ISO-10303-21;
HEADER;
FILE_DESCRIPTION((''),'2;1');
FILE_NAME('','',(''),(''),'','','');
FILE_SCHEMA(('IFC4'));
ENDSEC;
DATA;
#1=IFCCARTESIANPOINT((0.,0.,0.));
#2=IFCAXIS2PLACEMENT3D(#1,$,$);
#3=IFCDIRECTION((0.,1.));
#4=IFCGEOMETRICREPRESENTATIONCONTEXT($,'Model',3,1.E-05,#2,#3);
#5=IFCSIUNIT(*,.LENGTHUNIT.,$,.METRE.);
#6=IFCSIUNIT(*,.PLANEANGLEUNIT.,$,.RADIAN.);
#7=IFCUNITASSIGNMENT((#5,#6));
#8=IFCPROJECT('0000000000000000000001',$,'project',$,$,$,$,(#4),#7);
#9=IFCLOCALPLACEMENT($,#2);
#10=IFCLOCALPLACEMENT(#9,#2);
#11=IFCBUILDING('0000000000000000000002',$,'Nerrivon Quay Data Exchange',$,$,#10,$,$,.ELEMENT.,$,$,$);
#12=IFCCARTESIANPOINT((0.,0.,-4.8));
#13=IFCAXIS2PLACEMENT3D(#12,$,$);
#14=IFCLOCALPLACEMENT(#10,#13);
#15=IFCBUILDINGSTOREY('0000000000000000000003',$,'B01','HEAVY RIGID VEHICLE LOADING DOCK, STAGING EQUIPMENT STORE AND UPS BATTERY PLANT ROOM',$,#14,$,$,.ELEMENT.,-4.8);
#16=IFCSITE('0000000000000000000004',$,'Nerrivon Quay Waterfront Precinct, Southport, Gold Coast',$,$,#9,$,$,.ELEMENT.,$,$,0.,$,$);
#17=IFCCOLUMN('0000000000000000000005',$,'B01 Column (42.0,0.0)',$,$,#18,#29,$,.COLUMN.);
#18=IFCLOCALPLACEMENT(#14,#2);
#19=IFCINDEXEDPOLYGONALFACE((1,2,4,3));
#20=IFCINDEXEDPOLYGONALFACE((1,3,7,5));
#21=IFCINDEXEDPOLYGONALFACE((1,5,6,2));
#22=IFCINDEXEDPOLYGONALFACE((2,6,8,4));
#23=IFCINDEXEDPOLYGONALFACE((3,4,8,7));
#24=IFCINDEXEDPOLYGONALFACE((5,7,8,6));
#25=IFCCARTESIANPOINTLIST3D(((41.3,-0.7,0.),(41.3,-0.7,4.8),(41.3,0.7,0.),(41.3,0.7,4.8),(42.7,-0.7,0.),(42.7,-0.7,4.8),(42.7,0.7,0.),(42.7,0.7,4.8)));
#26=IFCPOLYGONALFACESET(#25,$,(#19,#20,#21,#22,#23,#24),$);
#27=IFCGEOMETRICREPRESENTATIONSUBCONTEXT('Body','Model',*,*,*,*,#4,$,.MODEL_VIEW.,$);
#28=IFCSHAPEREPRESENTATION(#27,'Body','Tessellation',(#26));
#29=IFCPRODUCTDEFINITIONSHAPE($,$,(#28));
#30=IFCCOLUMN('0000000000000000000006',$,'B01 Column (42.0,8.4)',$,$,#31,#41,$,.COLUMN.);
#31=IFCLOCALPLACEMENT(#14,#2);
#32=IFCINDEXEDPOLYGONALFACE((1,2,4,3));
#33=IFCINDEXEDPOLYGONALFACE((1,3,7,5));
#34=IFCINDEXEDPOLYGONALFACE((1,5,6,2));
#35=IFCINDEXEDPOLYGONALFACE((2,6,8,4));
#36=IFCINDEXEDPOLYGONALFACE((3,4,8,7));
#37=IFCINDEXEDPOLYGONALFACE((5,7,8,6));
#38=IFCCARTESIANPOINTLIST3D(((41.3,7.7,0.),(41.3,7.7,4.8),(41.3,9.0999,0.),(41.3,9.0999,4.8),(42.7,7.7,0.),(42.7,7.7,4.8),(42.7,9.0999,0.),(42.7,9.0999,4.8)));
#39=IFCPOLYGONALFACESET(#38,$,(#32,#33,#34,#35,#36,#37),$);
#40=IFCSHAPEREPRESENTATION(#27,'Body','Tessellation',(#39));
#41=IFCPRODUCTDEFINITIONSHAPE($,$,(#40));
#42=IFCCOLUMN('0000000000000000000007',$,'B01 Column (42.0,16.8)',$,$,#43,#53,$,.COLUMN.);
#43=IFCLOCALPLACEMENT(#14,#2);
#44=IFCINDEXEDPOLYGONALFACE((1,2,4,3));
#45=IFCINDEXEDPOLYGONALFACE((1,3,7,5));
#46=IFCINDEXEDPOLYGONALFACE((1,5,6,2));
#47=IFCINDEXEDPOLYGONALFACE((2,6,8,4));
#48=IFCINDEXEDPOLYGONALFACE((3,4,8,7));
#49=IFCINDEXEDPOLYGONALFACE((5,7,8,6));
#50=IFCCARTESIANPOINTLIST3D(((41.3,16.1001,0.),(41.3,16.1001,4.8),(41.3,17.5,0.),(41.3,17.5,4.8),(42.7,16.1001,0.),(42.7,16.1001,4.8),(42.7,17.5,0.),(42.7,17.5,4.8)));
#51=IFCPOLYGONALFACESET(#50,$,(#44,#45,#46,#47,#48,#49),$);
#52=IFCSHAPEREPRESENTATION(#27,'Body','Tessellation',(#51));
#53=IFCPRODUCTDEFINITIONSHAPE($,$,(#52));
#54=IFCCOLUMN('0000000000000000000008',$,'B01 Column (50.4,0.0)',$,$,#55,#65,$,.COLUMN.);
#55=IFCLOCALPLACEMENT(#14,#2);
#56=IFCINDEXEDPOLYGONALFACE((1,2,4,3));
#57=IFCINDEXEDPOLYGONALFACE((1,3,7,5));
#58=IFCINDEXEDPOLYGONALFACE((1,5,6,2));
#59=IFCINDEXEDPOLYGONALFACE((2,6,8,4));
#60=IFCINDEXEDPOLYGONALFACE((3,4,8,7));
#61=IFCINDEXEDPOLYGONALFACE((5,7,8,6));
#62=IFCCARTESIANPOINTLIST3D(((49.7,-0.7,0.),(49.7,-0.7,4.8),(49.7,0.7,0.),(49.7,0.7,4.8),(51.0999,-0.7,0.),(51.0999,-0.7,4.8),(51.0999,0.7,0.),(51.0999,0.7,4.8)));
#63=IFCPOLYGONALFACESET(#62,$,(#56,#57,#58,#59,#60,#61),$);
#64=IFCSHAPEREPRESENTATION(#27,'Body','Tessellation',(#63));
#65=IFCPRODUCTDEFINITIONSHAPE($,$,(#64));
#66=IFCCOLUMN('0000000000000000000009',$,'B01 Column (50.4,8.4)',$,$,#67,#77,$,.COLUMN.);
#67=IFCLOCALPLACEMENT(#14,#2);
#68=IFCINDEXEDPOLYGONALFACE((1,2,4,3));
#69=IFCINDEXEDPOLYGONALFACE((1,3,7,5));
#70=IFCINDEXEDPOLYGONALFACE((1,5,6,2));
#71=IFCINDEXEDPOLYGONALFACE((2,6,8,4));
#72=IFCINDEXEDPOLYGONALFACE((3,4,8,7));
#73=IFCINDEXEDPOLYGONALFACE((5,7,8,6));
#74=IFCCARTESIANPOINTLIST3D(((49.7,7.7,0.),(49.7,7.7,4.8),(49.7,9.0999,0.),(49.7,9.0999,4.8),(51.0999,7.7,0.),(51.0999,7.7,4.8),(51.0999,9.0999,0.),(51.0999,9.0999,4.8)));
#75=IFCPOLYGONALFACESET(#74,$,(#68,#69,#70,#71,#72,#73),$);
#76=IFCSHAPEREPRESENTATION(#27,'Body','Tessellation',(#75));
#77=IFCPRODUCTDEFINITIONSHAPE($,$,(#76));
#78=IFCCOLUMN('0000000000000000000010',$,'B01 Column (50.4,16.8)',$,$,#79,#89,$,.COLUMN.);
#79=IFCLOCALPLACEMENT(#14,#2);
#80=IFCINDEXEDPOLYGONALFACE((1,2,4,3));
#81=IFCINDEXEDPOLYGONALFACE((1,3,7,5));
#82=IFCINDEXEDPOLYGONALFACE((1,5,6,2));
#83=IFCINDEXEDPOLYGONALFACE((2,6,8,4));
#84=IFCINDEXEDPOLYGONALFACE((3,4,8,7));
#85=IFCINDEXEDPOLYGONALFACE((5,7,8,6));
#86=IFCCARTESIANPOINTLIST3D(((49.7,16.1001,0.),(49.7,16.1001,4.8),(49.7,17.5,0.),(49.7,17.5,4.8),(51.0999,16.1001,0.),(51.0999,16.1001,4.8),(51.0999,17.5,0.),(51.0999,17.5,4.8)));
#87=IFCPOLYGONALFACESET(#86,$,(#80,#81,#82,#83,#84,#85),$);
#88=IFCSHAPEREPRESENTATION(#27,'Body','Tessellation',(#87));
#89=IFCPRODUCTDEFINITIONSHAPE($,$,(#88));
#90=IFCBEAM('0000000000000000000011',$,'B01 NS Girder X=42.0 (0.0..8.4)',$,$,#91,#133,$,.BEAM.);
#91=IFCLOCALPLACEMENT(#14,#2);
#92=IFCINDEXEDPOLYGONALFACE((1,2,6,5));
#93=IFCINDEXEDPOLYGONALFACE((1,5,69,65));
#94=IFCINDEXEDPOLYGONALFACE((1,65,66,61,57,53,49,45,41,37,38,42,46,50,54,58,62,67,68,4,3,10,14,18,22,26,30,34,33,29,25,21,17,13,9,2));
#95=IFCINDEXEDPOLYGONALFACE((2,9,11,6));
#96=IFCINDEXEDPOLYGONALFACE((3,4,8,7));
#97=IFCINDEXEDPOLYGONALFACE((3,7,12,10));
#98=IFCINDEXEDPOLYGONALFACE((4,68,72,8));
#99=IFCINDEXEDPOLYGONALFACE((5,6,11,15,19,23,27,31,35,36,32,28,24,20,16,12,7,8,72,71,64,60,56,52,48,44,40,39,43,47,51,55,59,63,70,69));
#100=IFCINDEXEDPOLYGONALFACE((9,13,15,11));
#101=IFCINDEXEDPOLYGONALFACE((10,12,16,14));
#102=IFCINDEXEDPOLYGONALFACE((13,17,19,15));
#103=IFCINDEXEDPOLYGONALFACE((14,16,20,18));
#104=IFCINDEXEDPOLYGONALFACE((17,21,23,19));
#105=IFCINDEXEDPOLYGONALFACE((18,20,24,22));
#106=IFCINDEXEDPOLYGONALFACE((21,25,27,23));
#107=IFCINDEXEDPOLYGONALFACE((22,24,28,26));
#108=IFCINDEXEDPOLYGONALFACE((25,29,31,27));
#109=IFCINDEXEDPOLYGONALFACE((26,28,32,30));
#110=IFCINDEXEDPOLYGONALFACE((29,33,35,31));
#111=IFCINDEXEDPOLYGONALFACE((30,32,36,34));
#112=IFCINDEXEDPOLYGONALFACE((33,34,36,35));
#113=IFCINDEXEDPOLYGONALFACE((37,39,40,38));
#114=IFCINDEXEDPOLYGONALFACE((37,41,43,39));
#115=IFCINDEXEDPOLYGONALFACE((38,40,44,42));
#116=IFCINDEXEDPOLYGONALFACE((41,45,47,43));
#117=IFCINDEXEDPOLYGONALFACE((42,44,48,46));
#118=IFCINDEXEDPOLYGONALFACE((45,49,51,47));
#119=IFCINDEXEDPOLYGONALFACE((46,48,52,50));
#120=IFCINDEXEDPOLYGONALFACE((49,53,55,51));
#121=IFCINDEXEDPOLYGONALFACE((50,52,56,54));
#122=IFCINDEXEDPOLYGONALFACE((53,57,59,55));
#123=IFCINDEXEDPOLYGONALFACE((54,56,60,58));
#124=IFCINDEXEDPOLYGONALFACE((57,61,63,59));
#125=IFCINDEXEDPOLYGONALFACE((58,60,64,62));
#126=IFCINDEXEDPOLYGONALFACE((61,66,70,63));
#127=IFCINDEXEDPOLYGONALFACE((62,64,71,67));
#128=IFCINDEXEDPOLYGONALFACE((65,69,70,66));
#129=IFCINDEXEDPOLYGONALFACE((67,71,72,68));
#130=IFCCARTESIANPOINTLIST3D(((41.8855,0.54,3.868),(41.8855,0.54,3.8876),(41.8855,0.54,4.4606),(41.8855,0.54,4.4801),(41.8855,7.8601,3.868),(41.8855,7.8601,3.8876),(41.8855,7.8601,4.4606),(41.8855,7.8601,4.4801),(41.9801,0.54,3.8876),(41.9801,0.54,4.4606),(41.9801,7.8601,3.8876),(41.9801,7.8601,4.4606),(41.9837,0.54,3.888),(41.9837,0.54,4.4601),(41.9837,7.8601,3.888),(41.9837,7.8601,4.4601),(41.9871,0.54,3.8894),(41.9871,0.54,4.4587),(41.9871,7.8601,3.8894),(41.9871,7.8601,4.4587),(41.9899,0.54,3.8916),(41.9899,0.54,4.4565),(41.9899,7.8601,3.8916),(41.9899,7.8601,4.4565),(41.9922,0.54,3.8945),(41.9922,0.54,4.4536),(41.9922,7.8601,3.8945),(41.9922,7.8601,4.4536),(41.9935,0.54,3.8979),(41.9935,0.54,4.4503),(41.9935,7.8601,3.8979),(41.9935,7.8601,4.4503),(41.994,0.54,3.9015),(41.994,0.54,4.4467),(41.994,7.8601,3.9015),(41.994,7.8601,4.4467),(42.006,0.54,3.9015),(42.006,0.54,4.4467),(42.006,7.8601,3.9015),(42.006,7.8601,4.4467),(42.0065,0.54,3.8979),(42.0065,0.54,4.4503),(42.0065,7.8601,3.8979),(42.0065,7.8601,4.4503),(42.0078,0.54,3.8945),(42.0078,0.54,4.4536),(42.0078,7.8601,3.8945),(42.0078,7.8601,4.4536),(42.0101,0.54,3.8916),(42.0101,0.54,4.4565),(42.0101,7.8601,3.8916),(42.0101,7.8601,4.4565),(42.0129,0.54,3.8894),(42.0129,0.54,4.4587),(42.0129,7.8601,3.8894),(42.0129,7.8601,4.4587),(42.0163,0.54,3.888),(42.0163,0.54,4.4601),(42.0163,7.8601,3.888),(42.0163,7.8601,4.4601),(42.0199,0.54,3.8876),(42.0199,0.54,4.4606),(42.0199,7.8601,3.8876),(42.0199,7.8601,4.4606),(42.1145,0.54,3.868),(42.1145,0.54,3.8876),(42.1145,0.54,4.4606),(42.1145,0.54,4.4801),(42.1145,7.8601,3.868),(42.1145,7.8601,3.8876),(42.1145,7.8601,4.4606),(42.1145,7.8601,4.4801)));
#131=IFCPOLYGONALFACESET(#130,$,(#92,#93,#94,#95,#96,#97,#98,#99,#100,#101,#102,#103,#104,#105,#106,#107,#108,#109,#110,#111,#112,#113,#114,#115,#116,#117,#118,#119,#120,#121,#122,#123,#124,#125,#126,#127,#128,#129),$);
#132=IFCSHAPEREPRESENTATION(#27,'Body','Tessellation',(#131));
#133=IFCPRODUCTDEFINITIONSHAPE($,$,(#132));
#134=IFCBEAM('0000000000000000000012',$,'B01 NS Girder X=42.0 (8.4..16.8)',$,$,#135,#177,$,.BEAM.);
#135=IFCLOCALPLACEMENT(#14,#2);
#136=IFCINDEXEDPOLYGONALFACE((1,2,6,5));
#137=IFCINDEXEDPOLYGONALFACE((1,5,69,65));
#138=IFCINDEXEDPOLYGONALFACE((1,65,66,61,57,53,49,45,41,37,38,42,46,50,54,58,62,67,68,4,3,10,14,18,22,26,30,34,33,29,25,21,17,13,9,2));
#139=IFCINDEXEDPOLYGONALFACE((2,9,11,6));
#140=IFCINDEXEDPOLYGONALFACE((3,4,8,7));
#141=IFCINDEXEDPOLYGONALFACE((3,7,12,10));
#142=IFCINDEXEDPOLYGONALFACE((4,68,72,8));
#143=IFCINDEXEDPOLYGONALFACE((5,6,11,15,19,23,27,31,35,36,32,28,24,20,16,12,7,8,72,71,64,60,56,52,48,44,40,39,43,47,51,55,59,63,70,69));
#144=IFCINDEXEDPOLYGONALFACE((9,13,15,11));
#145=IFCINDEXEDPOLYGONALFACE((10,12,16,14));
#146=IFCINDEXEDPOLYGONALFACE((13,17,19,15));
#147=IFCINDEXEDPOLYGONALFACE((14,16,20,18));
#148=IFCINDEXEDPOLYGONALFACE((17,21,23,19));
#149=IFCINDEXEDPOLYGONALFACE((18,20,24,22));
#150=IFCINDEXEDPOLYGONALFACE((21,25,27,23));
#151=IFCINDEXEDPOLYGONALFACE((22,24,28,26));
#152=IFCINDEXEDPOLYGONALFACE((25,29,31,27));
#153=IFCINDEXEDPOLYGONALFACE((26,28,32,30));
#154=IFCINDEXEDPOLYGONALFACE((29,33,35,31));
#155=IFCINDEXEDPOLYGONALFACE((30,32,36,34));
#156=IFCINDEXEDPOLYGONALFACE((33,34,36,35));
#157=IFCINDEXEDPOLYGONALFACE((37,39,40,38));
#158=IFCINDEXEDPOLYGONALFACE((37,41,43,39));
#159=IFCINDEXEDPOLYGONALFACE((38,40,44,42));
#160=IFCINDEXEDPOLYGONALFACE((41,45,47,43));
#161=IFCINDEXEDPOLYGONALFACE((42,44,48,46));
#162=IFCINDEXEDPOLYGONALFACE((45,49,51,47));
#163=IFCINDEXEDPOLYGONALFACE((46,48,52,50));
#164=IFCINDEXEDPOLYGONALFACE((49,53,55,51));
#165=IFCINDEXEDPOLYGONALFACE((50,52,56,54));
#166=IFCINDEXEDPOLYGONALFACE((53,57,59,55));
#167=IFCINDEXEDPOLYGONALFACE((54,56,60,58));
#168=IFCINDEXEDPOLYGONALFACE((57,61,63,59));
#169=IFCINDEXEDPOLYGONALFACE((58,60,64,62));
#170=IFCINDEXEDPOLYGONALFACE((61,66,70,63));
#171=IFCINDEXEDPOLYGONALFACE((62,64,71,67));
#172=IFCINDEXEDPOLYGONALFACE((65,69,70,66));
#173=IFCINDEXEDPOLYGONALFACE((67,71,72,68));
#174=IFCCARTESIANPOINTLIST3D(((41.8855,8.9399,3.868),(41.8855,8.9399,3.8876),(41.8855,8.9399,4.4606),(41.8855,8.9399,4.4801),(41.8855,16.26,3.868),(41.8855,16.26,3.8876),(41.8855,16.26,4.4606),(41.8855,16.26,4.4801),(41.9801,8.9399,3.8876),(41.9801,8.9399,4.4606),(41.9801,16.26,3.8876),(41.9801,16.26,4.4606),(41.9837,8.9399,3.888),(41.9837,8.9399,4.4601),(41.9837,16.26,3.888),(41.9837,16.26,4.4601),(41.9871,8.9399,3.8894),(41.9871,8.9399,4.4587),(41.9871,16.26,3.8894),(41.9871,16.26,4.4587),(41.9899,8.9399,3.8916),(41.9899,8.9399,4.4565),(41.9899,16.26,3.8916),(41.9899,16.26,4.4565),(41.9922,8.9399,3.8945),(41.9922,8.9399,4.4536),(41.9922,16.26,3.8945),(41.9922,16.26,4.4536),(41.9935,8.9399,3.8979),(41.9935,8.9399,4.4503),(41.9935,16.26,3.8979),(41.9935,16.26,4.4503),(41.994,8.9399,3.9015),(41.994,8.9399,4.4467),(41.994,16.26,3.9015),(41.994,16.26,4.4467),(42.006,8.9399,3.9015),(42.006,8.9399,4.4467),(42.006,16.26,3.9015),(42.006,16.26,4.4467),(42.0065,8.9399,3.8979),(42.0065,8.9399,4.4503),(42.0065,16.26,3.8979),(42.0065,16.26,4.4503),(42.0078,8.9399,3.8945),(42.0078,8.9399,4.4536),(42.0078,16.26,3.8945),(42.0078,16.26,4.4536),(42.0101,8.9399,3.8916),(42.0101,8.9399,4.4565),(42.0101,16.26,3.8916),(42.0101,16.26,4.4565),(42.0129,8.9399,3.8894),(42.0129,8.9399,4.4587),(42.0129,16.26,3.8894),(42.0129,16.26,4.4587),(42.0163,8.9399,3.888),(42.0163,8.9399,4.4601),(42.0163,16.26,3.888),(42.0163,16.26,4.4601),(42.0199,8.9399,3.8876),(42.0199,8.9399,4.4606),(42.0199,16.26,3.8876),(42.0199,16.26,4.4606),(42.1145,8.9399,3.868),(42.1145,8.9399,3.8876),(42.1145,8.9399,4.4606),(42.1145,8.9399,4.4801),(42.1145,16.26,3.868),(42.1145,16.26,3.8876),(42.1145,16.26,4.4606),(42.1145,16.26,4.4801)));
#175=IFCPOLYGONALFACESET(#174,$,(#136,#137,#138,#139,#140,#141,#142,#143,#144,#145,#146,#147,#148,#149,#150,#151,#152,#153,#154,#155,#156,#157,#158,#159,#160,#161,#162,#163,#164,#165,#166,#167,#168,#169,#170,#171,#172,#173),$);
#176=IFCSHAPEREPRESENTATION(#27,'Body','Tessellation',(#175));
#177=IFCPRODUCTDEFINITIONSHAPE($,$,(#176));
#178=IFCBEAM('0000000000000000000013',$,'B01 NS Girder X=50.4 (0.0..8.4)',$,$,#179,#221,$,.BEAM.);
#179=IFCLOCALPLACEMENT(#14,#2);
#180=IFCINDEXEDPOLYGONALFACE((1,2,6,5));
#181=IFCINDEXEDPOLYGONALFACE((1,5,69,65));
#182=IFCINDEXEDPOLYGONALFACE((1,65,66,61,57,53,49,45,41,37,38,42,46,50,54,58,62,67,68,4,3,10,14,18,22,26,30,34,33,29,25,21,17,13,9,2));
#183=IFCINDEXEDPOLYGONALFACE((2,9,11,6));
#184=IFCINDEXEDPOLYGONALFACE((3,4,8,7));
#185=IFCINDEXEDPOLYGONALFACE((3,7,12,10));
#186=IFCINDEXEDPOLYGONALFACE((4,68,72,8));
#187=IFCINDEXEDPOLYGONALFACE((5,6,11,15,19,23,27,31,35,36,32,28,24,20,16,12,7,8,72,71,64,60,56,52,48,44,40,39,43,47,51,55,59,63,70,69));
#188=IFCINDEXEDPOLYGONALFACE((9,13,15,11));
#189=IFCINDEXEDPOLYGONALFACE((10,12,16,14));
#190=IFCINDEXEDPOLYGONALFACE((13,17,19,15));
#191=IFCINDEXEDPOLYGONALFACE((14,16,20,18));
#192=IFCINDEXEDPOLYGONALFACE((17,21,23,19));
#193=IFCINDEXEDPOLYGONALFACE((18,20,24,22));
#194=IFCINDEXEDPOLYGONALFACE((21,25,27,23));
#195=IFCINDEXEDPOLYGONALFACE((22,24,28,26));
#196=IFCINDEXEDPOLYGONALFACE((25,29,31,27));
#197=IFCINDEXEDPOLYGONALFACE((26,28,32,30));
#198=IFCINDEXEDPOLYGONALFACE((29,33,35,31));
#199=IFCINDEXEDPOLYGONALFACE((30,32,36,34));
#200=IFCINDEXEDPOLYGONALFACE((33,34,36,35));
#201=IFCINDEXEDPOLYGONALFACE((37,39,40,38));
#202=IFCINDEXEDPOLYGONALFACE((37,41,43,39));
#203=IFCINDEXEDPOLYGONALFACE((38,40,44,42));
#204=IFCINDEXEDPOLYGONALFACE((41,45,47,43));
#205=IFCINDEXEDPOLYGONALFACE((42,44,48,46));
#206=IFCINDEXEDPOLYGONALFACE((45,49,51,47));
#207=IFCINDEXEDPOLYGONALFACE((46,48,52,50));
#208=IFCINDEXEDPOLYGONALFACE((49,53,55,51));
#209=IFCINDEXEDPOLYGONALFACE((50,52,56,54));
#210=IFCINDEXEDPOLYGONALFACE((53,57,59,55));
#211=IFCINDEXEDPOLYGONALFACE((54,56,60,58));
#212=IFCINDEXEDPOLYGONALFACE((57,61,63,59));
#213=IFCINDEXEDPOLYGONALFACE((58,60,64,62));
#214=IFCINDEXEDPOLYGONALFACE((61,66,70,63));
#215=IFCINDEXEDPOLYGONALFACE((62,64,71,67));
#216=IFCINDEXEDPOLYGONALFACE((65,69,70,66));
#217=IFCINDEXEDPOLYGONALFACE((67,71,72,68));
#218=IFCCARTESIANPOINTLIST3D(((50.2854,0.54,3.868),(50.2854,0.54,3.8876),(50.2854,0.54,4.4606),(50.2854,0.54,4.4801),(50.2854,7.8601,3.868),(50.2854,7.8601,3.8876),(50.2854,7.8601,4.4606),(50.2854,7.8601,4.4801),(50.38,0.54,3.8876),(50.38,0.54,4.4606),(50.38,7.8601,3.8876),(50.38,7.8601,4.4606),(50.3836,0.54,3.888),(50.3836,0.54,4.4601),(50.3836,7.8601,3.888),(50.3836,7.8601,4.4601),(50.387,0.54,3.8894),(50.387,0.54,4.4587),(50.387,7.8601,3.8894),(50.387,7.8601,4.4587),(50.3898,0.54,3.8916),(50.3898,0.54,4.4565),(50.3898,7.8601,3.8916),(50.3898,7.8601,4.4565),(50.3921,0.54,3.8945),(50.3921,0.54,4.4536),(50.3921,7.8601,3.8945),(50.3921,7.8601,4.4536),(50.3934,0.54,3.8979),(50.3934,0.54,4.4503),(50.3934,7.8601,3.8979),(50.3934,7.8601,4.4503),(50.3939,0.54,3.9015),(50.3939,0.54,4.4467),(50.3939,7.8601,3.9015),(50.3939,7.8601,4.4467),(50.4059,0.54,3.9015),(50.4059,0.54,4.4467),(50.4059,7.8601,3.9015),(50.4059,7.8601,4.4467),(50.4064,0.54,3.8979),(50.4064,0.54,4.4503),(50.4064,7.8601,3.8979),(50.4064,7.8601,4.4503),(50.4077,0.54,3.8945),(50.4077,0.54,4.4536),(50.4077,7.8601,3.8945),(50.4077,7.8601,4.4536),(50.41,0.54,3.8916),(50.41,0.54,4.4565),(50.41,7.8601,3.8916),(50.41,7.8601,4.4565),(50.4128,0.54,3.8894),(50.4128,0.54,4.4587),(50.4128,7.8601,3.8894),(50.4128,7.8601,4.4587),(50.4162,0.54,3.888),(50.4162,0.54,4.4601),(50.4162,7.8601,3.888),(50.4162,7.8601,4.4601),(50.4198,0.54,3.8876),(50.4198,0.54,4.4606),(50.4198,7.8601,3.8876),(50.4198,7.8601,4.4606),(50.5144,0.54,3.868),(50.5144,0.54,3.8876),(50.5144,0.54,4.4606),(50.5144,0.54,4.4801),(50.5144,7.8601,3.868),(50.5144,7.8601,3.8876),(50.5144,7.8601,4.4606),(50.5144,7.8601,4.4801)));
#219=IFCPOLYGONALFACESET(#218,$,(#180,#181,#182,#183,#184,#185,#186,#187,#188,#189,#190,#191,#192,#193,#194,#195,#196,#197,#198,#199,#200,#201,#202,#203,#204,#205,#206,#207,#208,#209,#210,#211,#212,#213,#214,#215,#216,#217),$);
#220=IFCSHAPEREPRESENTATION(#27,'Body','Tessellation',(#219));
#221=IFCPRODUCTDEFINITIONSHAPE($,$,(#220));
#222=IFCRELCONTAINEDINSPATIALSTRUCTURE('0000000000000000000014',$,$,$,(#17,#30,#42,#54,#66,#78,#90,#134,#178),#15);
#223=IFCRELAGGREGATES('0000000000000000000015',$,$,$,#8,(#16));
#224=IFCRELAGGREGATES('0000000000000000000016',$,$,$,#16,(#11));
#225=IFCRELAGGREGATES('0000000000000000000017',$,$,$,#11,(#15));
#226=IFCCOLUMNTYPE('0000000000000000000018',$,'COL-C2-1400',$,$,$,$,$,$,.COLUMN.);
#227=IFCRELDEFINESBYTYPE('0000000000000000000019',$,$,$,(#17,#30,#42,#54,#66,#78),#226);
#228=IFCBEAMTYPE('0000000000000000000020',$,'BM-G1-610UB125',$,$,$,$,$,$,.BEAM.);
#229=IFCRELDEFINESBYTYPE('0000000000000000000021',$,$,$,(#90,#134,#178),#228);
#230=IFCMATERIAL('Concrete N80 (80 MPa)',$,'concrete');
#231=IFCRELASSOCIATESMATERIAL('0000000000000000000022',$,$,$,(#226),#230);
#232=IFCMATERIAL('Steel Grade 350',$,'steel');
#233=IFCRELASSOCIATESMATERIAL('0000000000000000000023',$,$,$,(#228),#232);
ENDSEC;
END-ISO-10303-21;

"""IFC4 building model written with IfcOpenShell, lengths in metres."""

from ifc_helpers import new_model, si_unit, direction, frame, origin, origin_2d, place, context, subcontext, project, spatial, rectangle, i_section, extrude, material, material_profile, profile_set, type_object, element, save


model = new_model("IFC4")

# Units and contexts
model_context = context("Model", 3, precision=1e-05, world=origin(), true_north=direction((0.0, 1.0)))
body_context = subcontext(model_context, "Body", "Model", "MODEL_VIEW")
ifc_project = project(units=[si_unit("LENGTHUNIT", "METRE"), si_unit("PLANEANGLEUNIT", "RADIAN")], contexts=[model_context])

# Site, building, storey
site_placement = place(None, origin())
site = spatial("IfcSite", under=ifc_project, at=site_placement, Name="Nerrivon Quay Waterfront Precinct, Southport, Gold Coast", CompositionType="ELEMENT", RefElevation=0.0)
building_placement = place(site_placement, origin())
building = spatial("IfcBuilding", under=site, at=building_placement, Name="Nerrivon Quay Data Exchange", CompositionType="ELEMENT")
storey_placement = place(building_placement, frame((0.0, 0.0, -4.8)))
storey = spatial("IfcBuildingStorey", under=building, at=storey_placement, Name="B01", Description="HEAVY RIGID VEHICLE LOADING DOCK, STAGING EQUIPMENT STORE AND UPS BATTERY PLANT ROOM", CompositionType="ELEMENT", Elevation=-4.8)

# Columns
ifc_material_1 = material(Name="Concrete N80 (80 MPa)", Category="concrete")
ifc_material_profile_1 = material_profile(ifc_material_1, rectangle(XDim=1.3999, YDim=1.3999, at=origin_2d()), Name="RC-COL-1400x1400")
ifc_profile_set_1 = profile_set([ifc_material_profile_1], Name="Concrete N80 (80 MPa)")
column_type = type_object("IfcColumnType", Name="COL-C2-1400", PredefinedType="COLUMN", material=ifc_profile_set_1)
for number, where, z_axis, x_axis, name in (
    (1, (42.0, 0.0, 0.0), (0.0, 0.0, 1.0), (1.0, 0.0, 0.0), "B01 Column (42.0,0.0)"),
    (2, (42.0, 8.3999, 0.0), (0.0, 0.0, 1.0), (1.0, 0.0, 0.0), "B01 Column (42.0,8.4)"),
    (3, (42.0, 16.8, 0.0), (0.0, 0.0, 1.0), (1.0, 0.0, 0.0), "B01 Column (42.0,16.8)"),
    (4, (50.3999, 0.0, 0.0), (0.0, 0.0, 1.0), (1.0, 0.0, 0.0), "B01 Column (50.4,0.0)"),
    (5, (50.3999, 8.3999, 0.0), (0.0, 0.0, 1.0), (1.0, 0.0, 0.0), "B01 Column (50.4,8.4)"),
    (6, (50.3999, 16.8, 0.0), (0.0, 0.0, 1.0), (1.0, 0.0, 0.0), "B01 Column (50.4,16.8)"),
):
    element("IfcColumn", number, at=place(storey_placement, frame(where, z_axis=z_axis, x_axis=x_axis)), inside=storey, type_object=column_type, Name=name, PredefinedType="COLUMN", context=body_context, shape_type="SweptSolid", body=[
        extrude(rectangle(XDim=1.3999, YDim=1.3999, at=origin_2d()), origin(), (0.0, 0.0, 1.0), 4.8),
    ])

# Beams
ifc_material_2 = material(Name="Steel Grade 350", Category="steel")
ifc_material_profile_2 = material_profile(ifc_material_2, i_section(OverallWidth=0.229, OverallDepth=0.6121, WebThickness=0.012, FlangeThickness=0.0195, FilletRadius=0.0139, at=origin_2d()), Name="610UB125")
ifc_profile_set_2 = profile_set([ifc_material_profile_2], Name="Steel Grade 350")
beam_type_1 = type_object("IfcBeamType", Name="BM-G1-610UB125", PredefinedType="BEAM", material=ifc_profile_set_2)
for number, where, z_axis, x_axis, name in (
    (7, (42.0, 0.54, 4.1741), (0.0, 1.0, 0.0), (-1.0, 0.0, 0.0), "B01 NS Girder X=42.0 (0.0..8.4)"),
    (8, (42.0, 8.9399, 4.1741), (0.0, 1.0, 0.0), (-1.0, 0.0, 0.0), "B01 NS Girder X=42.0 (8.4..16.8)"),
    (9, (50.3999, 0.54, 4.1741), (0.0, 1.0, 0.0), (-1.0, 0.0, 0.0), "B01 NS Girder X=50.4 (0.0..8.4)"),
):
    element("IfcBeam", number, at=place(storey_placement, frame(where, z_axis=z_axis, x_axis=x_axis)), inside=storey, type_object=beam_type_1, Name=name, PredefinedType="BEAM", context=body_context, shape_type="SweptSolid", body=[
        extrude(i_section(OverallWidth=0.229, OverallDepth=0.6121, WebThickness=0.012, FlangeThickness=0.0195, FilletRadius=0.0139, at=origin_2d()), origin(), (0.0, 0.0, 1.0), 7.3201),
    ])

save(model, "model.ifc")
